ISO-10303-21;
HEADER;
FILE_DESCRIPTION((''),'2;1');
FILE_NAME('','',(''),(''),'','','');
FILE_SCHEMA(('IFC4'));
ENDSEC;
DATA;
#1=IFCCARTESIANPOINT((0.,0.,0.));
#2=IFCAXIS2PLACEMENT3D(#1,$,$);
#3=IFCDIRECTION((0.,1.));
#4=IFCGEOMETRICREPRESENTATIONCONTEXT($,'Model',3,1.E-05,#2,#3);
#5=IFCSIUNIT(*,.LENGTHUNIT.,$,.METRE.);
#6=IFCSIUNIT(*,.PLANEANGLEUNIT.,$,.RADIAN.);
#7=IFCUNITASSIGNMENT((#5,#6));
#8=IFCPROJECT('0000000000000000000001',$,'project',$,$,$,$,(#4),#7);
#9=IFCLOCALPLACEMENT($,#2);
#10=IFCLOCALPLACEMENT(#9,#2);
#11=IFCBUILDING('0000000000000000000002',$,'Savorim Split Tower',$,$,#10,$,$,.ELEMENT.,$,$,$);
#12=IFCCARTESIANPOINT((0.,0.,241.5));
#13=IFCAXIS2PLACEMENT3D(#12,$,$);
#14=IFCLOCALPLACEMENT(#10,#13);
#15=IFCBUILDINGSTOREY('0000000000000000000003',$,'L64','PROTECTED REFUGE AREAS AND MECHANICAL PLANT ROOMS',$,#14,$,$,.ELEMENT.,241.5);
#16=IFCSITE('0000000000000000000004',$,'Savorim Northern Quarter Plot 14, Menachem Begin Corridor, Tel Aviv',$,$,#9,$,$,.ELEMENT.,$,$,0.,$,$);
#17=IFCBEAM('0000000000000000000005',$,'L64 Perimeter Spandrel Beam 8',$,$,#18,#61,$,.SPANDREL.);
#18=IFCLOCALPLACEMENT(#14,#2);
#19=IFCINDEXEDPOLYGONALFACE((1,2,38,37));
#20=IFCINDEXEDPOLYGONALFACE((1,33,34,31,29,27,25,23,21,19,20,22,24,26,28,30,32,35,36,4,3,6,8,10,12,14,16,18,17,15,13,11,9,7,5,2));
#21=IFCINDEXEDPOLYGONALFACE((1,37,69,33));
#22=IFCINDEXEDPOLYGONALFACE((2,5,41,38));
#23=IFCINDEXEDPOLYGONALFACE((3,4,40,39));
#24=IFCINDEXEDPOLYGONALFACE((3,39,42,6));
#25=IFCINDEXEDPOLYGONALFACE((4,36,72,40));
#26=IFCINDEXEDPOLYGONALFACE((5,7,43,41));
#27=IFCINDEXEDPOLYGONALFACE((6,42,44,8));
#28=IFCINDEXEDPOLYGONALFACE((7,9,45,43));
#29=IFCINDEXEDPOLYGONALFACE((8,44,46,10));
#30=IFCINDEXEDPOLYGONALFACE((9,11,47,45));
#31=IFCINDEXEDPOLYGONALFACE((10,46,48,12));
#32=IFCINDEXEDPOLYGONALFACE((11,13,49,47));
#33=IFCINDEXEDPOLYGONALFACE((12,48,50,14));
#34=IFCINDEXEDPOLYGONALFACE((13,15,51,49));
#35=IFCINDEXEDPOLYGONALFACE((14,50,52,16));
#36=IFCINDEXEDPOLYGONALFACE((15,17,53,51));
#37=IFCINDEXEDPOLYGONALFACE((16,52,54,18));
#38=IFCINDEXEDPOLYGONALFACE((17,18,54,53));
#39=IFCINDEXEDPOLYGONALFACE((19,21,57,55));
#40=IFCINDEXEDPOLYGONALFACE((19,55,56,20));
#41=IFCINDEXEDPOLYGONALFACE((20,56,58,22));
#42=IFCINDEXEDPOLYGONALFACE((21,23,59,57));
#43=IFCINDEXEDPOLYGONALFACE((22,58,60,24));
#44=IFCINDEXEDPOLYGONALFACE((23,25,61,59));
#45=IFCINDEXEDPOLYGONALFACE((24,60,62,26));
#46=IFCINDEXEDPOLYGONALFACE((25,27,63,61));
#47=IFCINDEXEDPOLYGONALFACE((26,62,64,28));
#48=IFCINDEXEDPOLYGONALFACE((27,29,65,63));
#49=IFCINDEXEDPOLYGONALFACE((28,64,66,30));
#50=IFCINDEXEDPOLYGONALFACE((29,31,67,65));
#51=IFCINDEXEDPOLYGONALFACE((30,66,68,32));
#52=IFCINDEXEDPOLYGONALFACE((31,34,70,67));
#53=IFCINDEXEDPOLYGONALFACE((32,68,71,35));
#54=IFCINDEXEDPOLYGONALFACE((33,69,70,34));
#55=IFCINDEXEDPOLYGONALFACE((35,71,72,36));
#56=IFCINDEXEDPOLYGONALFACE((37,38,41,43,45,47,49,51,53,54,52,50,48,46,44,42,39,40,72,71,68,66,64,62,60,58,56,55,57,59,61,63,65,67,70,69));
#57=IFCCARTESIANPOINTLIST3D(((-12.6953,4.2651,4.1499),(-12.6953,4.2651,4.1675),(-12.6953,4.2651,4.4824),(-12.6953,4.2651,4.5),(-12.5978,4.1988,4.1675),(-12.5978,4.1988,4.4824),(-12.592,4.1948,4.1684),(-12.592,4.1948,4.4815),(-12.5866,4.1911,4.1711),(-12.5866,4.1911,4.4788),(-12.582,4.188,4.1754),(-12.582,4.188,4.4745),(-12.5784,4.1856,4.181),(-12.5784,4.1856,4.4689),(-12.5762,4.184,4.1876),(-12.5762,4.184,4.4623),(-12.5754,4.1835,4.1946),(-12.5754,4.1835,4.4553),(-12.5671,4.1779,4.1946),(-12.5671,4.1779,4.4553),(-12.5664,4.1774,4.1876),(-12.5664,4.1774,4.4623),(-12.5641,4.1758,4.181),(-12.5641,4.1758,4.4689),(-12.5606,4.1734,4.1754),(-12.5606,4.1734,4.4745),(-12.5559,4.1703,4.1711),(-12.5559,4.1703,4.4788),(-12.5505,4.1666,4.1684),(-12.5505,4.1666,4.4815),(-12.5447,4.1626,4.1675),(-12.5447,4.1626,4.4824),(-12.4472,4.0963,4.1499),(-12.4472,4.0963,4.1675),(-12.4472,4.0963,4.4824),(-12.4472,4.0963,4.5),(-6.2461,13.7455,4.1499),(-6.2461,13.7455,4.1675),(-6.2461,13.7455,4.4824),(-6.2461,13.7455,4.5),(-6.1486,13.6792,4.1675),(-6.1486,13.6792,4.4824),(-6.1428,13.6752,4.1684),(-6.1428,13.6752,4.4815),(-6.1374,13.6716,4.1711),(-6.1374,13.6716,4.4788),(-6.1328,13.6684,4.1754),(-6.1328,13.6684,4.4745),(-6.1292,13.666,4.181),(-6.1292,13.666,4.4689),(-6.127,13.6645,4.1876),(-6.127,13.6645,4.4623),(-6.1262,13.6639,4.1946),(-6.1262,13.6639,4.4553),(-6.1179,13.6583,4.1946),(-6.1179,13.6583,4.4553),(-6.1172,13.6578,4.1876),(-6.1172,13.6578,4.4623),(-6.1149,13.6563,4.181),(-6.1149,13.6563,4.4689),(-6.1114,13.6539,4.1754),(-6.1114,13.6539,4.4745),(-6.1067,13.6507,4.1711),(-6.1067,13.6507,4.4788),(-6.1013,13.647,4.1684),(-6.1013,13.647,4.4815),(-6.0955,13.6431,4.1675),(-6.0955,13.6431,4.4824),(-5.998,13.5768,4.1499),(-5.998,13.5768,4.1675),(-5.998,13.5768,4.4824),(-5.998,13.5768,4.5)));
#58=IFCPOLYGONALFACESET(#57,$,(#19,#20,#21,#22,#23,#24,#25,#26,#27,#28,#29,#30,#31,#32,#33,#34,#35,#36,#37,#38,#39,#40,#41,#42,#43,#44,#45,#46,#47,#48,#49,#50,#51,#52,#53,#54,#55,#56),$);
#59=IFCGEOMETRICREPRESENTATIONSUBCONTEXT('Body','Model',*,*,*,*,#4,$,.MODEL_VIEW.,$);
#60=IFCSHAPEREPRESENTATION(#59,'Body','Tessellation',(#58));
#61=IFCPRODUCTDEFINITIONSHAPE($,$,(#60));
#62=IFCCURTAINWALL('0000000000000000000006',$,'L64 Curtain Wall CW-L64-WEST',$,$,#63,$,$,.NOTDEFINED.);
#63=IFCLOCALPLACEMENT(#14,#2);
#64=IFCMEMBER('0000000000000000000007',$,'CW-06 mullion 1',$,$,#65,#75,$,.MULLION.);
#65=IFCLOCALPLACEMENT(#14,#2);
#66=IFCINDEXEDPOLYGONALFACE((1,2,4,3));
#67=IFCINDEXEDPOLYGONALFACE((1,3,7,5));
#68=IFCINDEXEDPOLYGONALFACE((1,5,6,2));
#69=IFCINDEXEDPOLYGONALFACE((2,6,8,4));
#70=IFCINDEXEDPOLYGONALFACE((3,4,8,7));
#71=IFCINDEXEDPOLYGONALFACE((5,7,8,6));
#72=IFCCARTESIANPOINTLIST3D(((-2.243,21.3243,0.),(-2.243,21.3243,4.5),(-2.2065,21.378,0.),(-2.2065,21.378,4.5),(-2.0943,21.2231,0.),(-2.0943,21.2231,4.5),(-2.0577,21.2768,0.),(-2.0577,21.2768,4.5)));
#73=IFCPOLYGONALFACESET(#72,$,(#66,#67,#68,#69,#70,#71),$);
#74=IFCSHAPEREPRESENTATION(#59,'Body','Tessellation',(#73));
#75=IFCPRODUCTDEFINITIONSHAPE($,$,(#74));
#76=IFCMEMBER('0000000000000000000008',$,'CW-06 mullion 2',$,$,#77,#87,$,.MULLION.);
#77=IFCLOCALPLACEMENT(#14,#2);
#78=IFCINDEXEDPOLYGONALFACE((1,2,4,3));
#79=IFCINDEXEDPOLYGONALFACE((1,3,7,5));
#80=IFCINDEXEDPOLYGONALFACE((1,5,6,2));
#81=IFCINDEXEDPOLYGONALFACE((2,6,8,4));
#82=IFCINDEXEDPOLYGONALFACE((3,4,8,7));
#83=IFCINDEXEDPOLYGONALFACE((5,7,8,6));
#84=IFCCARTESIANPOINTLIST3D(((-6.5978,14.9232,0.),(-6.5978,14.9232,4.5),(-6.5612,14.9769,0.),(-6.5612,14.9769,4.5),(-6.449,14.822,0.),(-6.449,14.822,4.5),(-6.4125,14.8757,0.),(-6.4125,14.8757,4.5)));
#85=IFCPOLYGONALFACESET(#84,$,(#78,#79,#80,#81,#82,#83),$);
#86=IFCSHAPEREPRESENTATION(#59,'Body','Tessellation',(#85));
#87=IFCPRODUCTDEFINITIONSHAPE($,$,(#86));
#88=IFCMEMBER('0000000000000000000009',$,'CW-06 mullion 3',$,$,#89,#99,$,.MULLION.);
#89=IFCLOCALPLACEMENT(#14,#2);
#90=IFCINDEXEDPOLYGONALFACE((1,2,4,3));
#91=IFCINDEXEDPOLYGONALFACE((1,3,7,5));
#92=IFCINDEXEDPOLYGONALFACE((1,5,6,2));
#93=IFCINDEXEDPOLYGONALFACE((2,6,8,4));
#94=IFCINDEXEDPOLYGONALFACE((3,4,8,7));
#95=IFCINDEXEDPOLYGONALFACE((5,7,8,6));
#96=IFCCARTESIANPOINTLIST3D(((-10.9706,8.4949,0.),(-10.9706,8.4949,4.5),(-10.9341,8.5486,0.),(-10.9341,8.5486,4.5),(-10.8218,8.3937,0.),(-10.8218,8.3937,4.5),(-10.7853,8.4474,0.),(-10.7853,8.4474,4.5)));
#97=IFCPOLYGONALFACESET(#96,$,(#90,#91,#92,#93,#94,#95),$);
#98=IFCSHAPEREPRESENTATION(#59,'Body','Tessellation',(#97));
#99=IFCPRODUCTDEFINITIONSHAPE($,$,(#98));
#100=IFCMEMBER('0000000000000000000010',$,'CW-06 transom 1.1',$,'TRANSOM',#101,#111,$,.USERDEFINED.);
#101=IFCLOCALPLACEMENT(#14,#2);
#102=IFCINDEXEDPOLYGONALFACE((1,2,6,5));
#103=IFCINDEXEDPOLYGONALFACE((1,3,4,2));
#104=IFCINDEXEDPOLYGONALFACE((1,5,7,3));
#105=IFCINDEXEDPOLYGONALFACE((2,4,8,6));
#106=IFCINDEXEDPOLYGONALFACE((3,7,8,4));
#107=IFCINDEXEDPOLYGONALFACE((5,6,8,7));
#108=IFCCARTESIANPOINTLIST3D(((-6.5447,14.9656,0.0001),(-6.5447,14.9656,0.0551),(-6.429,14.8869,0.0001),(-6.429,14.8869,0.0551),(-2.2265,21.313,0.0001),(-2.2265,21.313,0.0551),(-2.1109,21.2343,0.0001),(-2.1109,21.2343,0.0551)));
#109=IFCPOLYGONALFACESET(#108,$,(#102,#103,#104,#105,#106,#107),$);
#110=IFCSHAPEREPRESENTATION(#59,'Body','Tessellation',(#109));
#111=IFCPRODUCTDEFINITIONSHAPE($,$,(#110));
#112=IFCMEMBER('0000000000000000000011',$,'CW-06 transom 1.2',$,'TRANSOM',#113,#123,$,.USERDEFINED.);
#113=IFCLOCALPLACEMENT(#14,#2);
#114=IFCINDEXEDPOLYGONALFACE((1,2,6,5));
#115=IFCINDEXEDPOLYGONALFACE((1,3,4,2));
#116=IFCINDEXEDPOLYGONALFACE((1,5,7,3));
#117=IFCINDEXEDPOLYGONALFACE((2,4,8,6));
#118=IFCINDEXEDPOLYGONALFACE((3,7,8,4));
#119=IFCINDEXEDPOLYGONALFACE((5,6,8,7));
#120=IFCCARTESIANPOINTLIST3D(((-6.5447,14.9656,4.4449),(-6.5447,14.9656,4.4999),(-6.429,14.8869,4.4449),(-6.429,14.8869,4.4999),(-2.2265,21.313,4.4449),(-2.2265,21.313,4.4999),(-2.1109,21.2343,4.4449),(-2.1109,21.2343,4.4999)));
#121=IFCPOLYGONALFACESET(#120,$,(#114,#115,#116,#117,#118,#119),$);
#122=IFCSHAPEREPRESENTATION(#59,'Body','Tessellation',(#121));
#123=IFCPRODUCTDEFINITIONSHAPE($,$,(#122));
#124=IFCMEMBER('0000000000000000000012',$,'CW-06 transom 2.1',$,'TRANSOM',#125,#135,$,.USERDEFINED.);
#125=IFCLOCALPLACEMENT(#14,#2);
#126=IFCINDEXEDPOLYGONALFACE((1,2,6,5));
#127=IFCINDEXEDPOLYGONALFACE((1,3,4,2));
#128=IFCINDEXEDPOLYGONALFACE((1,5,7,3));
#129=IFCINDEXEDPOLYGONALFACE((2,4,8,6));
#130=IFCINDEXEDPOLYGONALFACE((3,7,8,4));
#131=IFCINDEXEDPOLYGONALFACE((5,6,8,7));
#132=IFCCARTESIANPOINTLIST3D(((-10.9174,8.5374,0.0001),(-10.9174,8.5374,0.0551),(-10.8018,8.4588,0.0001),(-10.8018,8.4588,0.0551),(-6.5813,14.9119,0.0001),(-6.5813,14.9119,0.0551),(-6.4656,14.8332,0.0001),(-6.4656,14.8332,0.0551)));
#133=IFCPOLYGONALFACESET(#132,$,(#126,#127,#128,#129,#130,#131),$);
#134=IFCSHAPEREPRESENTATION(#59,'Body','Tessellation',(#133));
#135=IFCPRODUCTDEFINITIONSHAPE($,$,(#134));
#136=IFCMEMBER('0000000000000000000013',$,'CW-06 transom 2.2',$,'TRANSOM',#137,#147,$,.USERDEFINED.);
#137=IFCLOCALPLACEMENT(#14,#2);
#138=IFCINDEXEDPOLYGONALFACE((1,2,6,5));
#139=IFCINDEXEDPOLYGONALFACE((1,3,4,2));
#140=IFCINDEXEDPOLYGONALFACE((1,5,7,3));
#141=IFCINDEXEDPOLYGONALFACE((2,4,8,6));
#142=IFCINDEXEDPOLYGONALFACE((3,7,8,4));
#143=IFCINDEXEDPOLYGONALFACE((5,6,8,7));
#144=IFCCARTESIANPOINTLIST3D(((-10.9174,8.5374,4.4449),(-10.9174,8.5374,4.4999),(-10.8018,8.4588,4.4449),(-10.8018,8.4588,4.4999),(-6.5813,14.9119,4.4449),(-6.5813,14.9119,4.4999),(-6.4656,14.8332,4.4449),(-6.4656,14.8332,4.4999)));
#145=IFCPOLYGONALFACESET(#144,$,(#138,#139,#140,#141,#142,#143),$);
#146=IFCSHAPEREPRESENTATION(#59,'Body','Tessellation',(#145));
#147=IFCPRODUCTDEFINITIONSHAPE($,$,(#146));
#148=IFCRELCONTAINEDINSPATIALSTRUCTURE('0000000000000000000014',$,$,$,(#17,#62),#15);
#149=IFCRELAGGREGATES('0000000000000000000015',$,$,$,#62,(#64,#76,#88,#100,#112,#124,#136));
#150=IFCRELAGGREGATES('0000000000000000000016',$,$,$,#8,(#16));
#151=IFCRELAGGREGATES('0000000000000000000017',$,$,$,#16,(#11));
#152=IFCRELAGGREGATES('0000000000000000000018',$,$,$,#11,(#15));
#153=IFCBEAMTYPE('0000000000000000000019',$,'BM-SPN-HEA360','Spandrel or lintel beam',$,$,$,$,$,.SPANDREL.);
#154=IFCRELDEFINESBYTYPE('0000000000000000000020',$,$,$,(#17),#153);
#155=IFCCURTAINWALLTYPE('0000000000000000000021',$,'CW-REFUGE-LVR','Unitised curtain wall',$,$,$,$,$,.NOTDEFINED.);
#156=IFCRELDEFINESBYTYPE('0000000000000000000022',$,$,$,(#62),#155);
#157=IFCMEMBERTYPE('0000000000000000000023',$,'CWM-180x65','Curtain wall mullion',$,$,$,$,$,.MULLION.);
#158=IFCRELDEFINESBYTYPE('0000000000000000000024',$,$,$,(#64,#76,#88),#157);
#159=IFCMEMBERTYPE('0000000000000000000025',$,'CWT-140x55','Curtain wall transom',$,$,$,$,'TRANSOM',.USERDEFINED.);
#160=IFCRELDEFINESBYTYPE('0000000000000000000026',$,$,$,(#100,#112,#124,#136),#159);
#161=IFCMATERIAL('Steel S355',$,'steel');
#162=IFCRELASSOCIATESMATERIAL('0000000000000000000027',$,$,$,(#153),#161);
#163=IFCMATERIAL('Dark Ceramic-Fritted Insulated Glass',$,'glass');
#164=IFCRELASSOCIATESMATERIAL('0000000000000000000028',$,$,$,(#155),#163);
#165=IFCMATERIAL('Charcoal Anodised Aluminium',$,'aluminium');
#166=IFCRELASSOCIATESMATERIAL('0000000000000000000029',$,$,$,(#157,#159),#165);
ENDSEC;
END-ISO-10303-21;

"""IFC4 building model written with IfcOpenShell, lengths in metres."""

from ifc_helpers import new_model, si_unit, direction, frame, origin, origin_2d, place, context, subcontext, project, spatial, rectangle, i_section, extrude, material, material_profile, profile_set, type_object, element, aggregate, save


model = new_model("IFC4")

# Units and contexts
model_context = context("Model", 3, precision=1e-05, world=origin(), true_north=direction((0.0, 1.0)))
body_context = subcontext(model_context, "Body", "Model", "MODEL_VIEW")
ifc_project = project(units=[si_unit("LENGTHUNIT", "METRE"), si_unit("PLANEANGLEUNIT", "RADIAN")], contexts=[model_context])

# Site, building, storey
site_placement = place(None, origin())
site = spatial("IfcSite", under=ifc_project, at=site_placement, Name="Savorim Northern Quarter Plot 14, Menachem Begin Corridor, Tel Aviv", CompositionType="ELEMENT", RefElevation=0.0)
building_placement = place(site_placement, origin())
building = spatial("IfcBuilding", under=site, at=building_placement, Name="Savorim Split Tower", CompositionType="ELEMENT")
storey_placement = place(building_placement, frame((0.0, 0.0, 241.5)))
storey = spatial("IfcBuildingStorey", under=building, at=storey_placement, Name="L64", Description="PROTECTED REFUGE AREAS AND MECHANICAL PLANT ROOMS", CompositionType="ELEMENT", Elevation=241.5)

# Shared definitions
ifc_material_1 = material(Name="Steel S355", Category="steel")

# Beam
ifc_material_profile_1 = material_profile(ifc_material_1, i_section(OverallWidth=0.3, OverallDepth=0.3501, WebThickness=0.01, FlangeThickness=0.0176, FilletRadius=0.0271, at=origin_2d()), Name="HEA 360")
ifc_profile_set_1 = profile_set([ifc_material_profile_1], Name="Steel S355")
beam_type_1 = type_object("IfcBeamType", Name="BM-SPN-HEA360", Description="Spandrel or lintel beam", PredefinedType="SPANDREL", material=ifc_profile_set_1)
beam_1_placement = place(storey_placement, frame((-6.1221, 13.6611, 4.325), z_axis=(-0.562459, -0.826825, 0.0), x_axis=(0.826825, -0.562459, 0.0)))
element("IfcBeam", 1, at=beam_1_placement, inside=storey, type_object=beam_type_1, Name="L64 Perimeter Spandrel Beam 8", PredefinedType="SPANDREL", context=body_context, shape_type="SweptSolid", body=[
    extrude(i_section(OverallWidth=0.3, OverallDepth=0.3501, WebThickness=0.01, FlangeThickness=0.0176, FilletRadius=0.0271, at=origin_2d()), origin(), (0.0, 0.0, 1.0), 11.4661),
])

# Curtain wall, members
ifc_material_2 = material(Name="Dark Ceramic-Fritted Insulated Glass", Category="glass")
curtain_wall_type = type_object("IfcCurtainWallType", Name="CW-REFUGE-LVR", Description="Unitised curtain wall", PredefinedType="NOTDEFINED", material=ifc_material_2)
curtain_wall_placement = place(storey_placement, origin())
curtain_wall = element("IfcCurtainWall", 2, at=curtain_wall_placement, inside=storey, type_object=curtain_wall_type, Name="L64 Curtain Wall CW-L64-WEST", PredefinedType="NOTDEFINED")
ifc_material_3 = material(Name="Charcoal Anodised Aluminium", Category="aluminium")
ifc_material_profile_2 = material_profile(ifc_material_3, rectangle(XDim=0.1799, YDim=0.0649, at=origin_2d()), Name="ALU-M 180x65")
ifc_profile_set_2 = profile_set([ifc_material_profile_2], Name="Charcoal Anodised Aluminium")
member_type_1 = type_object("IfcMemberType", Name="CWM-180x65", Description="Curtain wall mullion", PredefinedType="MULLION", material=ifc_profile_set_2)
member_1_placement = place(storey_placement, frame((-2.1504, 21.3005, 0.0), z_axis=(0.0, 0.0, 1.0), x_axis=(0.826818, -0.562469, 0.0)))
member_1 = element("IfcMember", 3, at=member_1_placement, type_object=member_type_1, Name="CW-06 mullion 1", PredefinedType="MULLION", context=body_context, shape_type="SweptSolid", body=[
    extrude(rectangle(XDim=0.1799, YDim=0.0649, at=origin_2d()), origin(), (0.0, 0.0, 1.0), 4.5),
])
member_2_placement = place(storey_placement, frame((-6.5051, 14.8994, 0.0), z_axis=(0.0, 0.0, 1.0), x_axis=(0.826818, -0.562469, 0.0)))
member_2 = element("IfcMember", 4, at=member_2_placement, type_object=member_type_1, Name="CW-06 mullion 2", PredefinedType="MULLION", context=body_context, shape_type="SweptSolid", body=[
    extrude(rectangle(XDim=0.1799, YDim=0.0649, at=origin_2d()), origin(), (0.0, 0.0, 1.0), 4.5),
])
member_3_placement = place(storey_placement, frame((-10.8779, 8.4712, 0.0), z_axis=(0.0, 0.0, 1.0), x_axis=(0.826818, -0.562469, 0.0)))
member_3 = element("IfcMember", 5, at=member_3_placement, type_object=member_type_1, Name="CW-06 mullion 3", PredefinedType="MULLION", context=body_context, shape_type="SweptSolid", body=[
    extrude(rectangle(XDim=0.1799, YDim=0.0649, at=origin_2d()), origin(), (0.0, 0.0, 1.0), 4.5),
])
ifc_material_profile_3 = material_profile(ifc_material_3, rectangle(XDim=0.1399, YDim=0.0549, at=origin_2d()), Name="ALU-T 140x55")
ifc_profile_set_3 = profile_set([ifc_material_profile_3], Name="Charcoal Anodised Aluminium")
member_type_2 = type_object("IfcMemberType", Name="CWT-140x55", Description="Curtain wall transom", ElementType="TRANSOM", PredefinedType="USERDEFINED", material=ifc_profile_set_3)
member_4_placement = place(storey_placement, frame((-2.1687, 21.2737, 0.0276), z_axis=(-0.562477, -0.826813, 0.0), x_axis=(0.826813, -0.562477, 0.0)))
member_4 = element("IfcMember", 6, at=member_4_placement, type_object=member_type_2, Name="CW-06 transom 1.1", ObjectType="TRANSOM", PredefinedType="USERDEFINED", context=body_context, shape_type="SweptSolid", body=[
    extrude(rectangle(XDim=0.1399, YDim=0.0549, at=origin_2d()), origin(), (0.0, 0.0, 1.0), 7.677),
])
member_5_placement = place(storey_placement, frame((-2.1687, 21.2737, 4.4724), z_axis=(-0.562477, -0.826813, 0.0), x_axis=(0.826813, -0.562477, 0.0)))
member_5 = element("IfcMember", 7, at=member_5_placement, type_object=member_type_2, Name="CW-06 transom 1.2", ObjectType="TRANSOM", PredefinedType="USERDEFINED", context=body_context, shape_type="SweptSolid", body=[
    extrude(rectangle(XDim=0.1399, YDim=0.0549, at=origin_2d()), origin(), (0.0, 0.0, 1.0), 7.677),
])
member_6_placement = place(storey_placement, frame((-6.5234, 14.8726, 0.0276), z_axis=(-0.562444, -0.826835, 0.0), x_axis=(0.826835, -0.562444, 0.0)))
member_6 = element("IfcMember", 8, at=member_6_placement, type_object=member_type_2, Name="CW-06 transom 2.1", ObjectType="TRANSOM", PredefinedType="USERDEFINED", context=body_context, shape_type="SweptSolid", body=[
    extrude(rectangle(XDim=0.1399, YDim=0.0549, at=origin_2d()), origin(), (0.0, 0.0, 1.0), 7.7095),
])
member_7_placement = place(storey_placement, frame((-6.5234, 14.8726, 4.4724), z_axis=(-0.562444, -0.826835, 0.0), x_axis=(0.826835, -0.562444, 0.0)))
member_7 = element("IfcMember", 9, at=member_7_placement, type_object=member_type_2, Name="CW-06 transom 2.2", ObjectType="TRANSOM", PredefinedType="USERDEFINED", context=body_context, shape_type="SweptSolid", body=[
    extrude(rectangle(XDim=0.1399, YDim=0.0549, at=origin_2d()), origin(), (0.0, 0.0, 1.0), 7.7095),
])

aggregate(curtain_wall, [member_1, member_2, member_3, member_4, member_5, member_6, member_7])

save(model, "model.ifc")
